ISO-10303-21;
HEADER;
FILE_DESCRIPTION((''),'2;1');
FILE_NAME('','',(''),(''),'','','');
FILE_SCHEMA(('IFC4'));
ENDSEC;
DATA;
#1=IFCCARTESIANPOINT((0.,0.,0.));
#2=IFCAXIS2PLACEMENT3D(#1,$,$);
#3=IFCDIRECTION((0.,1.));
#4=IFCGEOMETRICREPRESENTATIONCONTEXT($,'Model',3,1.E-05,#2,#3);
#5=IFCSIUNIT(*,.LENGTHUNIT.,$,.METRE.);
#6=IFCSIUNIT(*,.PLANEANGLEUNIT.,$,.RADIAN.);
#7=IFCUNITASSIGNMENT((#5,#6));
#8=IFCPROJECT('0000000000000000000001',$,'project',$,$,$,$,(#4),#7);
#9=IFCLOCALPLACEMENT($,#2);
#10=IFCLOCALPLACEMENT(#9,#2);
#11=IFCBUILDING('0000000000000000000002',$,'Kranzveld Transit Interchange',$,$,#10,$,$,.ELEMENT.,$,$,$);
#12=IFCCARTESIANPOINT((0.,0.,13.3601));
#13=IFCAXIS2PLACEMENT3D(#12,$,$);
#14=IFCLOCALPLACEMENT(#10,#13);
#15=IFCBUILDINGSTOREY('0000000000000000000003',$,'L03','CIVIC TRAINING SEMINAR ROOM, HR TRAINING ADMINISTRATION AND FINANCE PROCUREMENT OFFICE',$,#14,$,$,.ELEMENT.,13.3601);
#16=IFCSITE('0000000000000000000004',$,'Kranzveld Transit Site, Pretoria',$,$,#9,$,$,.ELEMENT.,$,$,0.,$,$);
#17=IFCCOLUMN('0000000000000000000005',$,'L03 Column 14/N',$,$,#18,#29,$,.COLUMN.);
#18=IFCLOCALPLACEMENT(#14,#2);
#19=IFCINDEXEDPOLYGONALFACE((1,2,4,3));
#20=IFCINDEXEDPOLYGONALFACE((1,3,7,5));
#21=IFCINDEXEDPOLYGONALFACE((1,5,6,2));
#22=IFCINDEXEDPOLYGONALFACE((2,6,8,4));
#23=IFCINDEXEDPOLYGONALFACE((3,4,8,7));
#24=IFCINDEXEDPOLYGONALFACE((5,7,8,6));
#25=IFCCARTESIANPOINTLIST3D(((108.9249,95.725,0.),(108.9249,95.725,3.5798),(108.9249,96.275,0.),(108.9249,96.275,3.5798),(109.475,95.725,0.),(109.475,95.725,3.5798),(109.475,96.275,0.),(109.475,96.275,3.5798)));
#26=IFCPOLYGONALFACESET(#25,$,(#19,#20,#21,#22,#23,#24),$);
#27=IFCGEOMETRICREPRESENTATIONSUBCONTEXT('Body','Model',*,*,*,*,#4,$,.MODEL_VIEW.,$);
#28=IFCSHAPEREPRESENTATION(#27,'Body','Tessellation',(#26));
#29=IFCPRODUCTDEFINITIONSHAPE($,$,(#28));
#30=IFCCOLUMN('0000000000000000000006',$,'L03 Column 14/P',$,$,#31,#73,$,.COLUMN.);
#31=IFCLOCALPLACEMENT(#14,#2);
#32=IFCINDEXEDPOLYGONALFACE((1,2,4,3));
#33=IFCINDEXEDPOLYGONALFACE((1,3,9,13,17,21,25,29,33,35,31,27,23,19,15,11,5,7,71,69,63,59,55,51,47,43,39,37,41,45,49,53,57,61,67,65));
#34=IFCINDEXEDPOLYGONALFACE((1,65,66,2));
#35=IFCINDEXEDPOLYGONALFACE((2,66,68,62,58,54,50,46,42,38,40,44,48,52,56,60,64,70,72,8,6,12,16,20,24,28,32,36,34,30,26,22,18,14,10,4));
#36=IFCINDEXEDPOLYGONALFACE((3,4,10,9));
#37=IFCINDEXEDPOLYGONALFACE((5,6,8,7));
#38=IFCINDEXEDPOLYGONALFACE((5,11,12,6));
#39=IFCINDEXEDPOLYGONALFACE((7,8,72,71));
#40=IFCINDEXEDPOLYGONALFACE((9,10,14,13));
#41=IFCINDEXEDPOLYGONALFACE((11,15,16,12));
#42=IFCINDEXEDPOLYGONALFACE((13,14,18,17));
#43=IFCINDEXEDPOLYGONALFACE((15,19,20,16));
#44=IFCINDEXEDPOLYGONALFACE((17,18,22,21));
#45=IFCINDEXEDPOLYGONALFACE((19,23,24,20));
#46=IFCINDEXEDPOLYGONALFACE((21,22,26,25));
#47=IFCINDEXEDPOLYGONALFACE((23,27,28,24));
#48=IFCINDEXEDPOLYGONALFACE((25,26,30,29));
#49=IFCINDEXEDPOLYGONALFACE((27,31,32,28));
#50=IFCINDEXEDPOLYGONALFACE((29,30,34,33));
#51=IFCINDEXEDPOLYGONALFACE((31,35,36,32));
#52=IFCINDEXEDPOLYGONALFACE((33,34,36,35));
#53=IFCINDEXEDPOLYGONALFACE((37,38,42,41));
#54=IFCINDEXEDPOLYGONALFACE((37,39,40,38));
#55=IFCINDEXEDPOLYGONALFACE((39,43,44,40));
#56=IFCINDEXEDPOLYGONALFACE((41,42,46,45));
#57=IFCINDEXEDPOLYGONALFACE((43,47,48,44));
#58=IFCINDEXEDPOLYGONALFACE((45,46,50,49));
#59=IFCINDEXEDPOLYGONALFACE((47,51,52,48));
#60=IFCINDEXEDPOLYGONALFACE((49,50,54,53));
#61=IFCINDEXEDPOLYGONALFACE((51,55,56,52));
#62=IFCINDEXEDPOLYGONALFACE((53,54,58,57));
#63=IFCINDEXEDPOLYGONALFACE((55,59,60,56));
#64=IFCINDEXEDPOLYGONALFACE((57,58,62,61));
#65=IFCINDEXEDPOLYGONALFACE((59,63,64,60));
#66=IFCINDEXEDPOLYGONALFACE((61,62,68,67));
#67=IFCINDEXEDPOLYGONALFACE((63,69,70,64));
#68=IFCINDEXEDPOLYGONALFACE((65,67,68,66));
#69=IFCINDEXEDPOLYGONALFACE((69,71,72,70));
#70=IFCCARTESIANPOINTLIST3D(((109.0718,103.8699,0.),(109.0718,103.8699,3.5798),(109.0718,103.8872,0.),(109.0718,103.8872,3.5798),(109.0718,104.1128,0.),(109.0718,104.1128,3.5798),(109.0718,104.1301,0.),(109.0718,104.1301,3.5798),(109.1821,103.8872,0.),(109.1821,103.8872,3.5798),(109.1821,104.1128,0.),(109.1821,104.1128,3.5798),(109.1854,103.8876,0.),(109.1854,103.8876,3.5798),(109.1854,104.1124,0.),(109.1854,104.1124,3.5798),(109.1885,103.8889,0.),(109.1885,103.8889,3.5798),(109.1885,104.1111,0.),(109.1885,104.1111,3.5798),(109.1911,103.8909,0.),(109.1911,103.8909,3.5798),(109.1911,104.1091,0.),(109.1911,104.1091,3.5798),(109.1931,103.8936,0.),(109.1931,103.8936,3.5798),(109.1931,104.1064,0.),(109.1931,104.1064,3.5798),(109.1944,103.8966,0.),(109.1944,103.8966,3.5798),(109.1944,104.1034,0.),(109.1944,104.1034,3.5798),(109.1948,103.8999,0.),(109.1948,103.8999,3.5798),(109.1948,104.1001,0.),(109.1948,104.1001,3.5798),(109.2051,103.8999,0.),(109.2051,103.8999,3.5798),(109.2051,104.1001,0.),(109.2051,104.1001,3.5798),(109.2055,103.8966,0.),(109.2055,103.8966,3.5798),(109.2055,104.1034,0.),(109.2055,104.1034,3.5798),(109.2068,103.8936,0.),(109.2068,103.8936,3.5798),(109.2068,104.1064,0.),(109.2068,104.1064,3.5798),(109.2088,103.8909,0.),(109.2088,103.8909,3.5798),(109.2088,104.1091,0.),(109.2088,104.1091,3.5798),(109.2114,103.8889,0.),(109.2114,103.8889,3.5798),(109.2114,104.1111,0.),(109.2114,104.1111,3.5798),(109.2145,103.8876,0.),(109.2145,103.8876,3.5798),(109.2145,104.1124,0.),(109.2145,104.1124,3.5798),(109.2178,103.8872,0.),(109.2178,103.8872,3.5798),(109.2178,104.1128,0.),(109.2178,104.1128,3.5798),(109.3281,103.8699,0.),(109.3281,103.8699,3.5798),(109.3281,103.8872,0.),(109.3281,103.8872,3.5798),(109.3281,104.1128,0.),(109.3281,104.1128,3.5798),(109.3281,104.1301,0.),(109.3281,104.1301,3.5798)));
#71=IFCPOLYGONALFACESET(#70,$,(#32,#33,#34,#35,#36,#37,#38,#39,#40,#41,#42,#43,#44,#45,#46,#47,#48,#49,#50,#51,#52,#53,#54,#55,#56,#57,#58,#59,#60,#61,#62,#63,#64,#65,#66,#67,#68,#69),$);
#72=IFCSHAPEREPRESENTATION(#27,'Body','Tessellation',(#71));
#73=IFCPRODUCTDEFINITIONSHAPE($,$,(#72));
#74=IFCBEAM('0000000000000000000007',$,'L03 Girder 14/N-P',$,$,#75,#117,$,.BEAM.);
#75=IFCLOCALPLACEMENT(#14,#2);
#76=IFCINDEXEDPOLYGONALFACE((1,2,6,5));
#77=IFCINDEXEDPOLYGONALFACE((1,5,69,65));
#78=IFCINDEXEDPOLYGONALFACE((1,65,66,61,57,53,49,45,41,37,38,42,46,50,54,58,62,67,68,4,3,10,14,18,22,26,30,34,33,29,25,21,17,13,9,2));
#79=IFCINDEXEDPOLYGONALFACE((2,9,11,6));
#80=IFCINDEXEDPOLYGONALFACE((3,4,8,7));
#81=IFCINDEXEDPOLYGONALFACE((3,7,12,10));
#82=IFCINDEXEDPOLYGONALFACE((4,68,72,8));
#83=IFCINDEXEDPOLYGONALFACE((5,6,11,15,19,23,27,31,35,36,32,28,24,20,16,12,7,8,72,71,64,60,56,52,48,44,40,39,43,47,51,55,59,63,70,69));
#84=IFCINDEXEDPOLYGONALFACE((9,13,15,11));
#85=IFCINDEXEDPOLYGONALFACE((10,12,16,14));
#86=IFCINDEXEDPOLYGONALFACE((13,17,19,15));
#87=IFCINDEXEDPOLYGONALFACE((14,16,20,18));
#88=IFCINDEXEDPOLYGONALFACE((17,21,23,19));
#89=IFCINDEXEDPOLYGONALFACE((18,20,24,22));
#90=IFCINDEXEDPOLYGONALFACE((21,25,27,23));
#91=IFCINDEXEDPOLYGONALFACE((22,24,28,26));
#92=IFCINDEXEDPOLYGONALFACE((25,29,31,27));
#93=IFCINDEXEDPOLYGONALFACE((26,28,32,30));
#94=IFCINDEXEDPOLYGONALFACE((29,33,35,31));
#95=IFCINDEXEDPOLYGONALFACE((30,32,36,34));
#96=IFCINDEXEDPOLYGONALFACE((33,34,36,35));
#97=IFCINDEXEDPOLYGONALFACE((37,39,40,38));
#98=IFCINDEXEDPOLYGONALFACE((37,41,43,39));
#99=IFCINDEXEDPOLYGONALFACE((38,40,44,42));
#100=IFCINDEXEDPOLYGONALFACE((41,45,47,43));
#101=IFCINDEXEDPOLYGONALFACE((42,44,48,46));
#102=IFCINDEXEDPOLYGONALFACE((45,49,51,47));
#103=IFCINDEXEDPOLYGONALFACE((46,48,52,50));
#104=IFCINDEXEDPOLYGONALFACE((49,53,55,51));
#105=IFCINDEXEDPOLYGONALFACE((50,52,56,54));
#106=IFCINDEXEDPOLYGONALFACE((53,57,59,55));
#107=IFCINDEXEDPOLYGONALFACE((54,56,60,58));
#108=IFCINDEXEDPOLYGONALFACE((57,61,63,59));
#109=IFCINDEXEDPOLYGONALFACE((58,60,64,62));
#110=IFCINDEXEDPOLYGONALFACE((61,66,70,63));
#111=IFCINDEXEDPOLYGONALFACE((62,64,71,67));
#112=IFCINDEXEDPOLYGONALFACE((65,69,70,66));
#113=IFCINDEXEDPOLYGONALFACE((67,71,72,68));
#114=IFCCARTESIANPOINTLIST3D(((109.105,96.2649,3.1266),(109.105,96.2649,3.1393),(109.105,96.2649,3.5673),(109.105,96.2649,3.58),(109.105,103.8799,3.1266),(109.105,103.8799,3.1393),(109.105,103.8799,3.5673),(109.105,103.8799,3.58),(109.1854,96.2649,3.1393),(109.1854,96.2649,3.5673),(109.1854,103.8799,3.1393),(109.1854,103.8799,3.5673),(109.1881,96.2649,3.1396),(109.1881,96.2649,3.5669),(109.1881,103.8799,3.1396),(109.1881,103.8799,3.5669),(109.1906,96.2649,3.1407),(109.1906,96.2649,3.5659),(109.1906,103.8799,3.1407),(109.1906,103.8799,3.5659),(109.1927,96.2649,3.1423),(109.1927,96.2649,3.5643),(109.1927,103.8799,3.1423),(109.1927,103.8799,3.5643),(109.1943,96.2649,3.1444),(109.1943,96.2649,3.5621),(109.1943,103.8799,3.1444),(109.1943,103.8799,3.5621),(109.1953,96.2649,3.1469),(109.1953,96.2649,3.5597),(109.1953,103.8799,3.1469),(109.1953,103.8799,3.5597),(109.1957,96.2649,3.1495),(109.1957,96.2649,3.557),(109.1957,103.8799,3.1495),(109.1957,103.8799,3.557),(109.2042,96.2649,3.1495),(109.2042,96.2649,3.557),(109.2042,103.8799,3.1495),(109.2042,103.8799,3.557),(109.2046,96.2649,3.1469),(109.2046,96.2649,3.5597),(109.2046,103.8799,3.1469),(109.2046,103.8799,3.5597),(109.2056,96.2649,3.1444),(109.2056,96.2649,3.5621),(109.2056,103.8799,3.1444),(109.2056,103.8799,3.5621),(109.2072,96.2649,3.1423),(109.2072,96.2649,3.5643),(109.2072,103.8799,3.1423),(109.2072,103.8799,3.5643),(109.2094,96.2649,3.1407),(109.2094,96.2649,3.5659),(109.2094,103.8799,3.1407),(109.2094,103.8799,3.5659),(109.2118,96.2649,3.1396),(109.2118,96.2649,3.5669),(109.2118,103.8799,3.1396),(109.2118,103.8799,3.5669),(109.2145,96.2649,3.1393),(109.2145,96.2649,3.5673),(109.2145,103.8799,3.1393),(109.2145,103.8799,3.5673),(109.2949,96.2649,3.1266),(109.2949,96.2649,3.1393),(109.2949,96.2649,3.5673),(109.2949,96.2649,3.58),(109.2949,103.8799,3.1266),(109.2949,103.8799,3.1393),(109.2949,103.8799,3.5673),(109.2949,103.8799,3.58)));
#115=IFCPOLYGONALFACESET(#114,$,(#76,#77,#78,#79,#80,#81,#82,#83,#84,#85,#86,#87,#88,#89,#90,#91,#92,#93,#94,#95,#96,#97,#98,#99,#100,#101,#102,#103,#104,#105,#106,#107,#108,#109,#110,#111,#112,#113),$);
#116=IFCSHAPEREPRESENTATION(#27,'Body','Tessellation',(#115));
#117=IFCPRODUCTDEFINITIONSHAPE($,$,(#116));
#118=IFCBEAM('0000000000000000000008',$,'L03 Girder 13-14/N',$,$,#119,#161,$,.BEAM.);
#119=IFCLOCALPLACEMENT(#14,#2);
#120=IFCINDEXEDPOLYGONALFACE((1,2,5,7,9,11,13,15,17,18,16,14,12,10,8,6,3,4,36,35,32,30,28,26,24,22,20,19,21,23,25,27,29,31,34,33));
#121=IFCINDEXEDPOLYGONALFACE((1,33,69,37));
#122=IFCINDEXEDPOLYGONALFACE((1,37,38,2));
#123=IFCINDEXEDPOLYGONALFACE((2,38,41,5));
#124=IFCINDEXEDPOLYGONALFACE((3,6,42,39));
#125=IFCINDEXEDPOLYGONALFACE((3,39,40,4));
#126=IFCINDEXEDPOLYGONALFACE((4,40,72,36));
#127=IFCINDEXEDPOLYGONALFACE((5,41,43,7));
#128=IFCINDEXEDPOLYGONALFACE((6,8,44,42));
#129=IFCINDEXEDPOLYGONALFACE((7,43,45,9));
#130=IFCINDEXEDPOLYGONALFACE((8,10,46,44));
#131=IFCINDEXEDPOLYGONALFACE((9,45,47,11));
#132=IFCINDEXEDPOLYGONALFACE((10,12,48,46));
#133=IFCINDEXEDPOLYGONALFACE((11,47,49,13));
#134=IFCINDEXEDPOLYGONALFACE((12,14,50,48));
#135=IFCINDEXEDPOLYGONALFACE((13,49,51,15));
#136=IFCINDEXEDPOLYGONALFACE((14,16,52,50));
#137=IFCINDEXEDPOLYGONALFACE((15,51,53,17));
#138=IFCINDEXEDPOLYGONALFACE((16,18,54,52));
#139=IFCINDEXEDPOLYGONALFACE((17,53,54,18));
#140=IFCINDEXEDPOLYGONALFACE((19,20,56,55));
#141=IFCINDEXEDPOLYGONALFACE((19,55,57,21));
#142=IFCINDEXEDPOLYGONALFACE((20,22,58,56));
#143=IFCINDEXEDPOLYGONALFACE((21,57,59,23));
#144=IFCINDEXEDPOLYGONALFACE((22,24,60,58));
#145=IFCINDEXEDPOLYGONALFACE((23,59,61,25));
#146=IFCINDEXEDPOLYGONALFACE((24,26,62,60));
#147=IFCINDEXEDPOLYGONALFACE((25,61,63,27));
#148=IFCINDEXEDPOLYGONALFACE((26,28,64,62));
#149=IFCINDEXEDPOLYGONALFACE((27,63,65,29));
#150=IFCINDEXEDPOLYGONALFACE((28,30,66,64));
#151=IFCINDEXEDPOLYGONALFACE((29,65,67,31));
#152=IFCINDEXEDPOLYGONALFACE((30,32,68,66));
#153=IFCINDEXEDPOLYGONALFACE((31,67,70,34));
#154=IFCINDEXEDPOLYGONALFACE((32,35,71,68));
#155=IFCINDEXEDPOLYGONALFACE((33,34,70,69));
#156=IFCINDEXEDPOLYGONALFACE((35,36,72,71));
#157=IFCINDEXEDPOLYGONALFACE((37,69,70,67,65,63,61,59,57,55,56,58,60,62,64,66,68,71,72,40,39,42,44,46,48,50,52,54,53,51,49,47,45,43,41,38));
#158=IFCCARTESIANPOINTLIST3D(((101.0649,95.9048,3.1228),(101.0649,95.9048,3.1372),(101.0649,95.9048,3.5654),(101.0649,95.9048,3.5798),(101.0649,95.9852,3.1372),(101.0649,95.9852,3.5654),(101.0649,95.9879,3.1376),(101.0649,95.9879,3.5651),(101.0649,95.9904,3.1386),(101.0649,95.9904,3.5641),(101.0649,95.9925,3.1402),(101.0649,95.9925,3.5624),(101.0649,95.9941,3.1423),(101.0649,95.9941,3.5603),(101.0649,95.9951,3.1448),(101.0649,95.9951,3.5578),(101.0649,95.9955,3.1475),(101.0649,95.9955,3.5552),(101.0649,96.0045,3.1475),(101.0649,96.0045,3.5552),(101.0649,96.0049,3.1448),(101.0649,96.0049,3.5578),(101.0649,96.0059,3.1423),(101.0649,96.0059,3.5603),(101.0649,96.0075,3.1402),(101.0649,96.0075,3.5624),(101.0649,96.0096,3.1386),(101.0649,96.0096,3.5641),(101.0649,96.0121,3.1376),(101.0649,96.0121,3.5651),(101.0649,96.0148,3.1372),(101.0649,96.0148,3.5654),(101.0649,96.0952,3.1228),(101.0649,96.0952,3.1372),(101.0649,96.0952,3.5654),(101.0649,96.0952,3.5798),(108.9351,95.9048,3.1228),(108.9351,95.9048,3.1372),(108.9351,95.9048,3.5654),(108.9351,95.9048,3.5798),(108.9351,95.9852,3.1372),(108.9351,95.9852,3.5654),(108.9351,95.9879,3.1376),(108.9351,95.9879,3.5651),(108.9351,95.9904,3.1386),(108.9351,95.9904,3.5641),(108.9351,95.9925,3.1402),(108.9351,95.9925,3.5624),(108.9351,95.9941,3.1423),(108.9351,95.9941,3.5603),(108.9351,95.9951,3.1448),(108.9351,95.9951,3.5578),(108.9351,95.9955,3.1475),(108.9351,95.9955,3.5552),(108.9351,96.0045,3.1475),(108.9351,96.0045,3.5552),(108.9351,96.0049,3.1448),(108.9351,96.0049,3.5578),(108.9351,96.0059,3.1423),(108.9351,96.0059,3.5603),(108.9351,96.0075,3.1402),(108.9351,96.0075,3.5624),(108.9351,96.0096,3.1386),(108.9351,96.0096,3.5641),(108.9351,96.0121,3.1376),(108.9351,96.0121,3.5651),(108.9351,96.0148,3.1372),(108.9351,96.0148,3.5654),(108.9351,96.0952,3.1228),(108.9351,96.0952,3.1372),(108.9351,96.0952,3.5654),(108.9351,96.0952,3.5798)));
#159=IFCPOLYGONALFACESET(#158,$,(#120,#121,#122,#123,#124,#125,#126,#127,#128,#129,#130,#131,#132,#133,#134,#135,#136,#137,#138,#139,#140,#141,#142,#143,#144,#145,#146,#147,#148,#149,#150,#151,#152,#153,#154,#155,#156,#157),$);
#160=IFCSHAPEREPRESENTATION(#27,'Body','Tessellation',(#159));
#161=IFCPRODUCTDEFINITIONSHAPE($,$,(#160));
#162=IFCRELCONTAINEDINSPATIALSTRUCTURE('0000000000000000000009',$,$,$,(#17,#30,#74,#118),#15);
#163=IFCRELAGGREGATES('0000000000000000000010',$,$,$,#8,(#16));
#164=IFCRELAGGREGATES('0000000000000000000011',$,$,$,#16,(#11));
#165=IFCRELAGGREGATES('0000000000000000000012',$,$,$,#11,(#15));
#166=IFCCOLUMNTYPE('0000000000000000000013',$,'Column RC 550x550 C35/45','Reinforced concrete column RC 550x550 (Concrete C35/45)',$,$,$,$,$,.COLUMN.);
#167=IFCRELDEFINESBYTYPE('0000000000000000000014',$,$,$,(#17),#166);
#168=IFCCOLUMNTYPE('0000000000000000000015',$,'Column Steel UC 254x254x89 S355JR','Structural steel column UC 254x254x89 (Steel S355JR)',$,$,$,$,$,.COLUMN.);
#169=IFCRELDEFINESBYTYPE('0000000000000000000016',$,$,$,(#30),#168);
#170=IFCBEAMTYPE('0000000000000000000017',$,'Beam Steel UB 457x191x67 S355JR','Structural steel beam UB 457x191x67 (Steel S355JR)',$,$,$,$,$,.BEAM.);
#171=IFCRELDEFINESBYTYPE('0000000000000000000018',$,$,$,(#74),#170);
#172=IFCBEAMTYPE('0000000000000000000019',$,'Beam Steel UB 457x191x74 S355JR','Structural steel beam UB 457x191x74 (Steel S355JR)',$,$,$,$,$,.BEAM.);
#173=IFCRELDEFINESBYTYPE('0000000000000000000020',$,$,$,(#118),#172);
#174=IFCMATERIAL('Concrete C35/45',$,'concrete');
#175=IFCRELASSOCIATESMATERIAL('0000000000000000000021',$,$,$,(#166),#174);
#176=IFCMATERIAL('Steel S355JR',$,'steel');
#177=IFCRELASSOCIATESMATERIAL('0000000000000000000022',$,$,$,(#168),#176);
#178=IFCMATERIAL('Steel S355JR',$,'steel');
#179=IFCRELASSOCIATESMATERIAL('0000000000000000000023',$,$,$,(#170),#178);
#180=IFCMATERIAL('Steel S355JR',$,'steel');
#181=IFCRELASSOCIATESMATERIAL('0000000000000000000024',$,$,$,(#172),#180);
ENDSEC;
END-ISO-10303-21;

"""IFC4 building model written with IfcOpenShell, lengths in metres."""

from ifc_helpers import new_model, si_unit, direction, frame, origin, origin_2d, place, context, subcontext, project, spatial, rectangle, i_section, extrude, material, material_profile, profile_set, type_object, element, save


model = new_model("IFC4")

# Units and contexts
model_context = context("Model", 3, precision=1e-05, world=origin(), true_north=direction((0.0, 1.0)))
body_context = subcontext(model_context, "Body", "Model", "MODEL_VIEW")
ifc_project = project(units=[si_unit("LENGTHUNIT", "METRE"), si_unit("PLANEANGLEUNIT", "RADIAN")], contexts=[model_context])

# Site, building, storey
site_placement = place(None, origin())
site = spatial("IfcSite", under=ifc_project, at=site_placement, Name="Kranzveld Transit Site, Pretoria", CompositionType="ELEMENT", RefElevation=0.0)
building_placement = place(site_placement, origin())
building = spatial("IfcBuilding", under=site, at=building_placement, Name="Kranzveld Transit Interchange", CompositionType="ELEMENT")
storey_placement = place(building_placement, frame((0.0, 0.0, 13.3601)))
storey = spatial("IfcBuildingStorey", under=building, at=storey_placement, Name="L03", Description="CIVIC TRAINING SEMINAR ROOM, HR TRAINING ADMINISTRATION AND FINANCE PROCUREMENT OFFICE", CompositionType="ELEMENT", Elevation=13.3601)

# Columns
ifc_material_1 = material(Name="Concrete C35/45", Category="concrete")
ifc_material_profile_1 = material_profile(ifc_material_1, rectangle(XDim=0.55, YDim=0.55, at=origin_2d()), Name="RC 550x550")
ifc_profile_set_1 = profile_set([ifc_material_profile_1], Name="Concrete C35/45")
column_type_1 = type_object("IfcColumnType", Name="Column RC 550x550 C35/45", Description="Reinforced concrete column RC 550x550 (Concrete C35/45)", PredefinedType="COLUMN", material=ifc_profile_set_1)
column_1_placement = place(storey_placement, frame((109.2, 96.0, 0.0), z_axis=(0.0, 0.0, 1.0), x_axis=(1.0, 0.0, 0.0)))
element("IfcColumn", 1, at=column_1_placement, inside=storey, type_object=column_type_1, Name="L03 Column 14/N", PredefinedType="COLUMN", context=body_context, shape_type="SweptSolid", body=[
    extrude(rectangle(XDim=0.55, YDim=0.55, at=origin_2d()), origin(), (0.0, 0.0, 1.0), 3.5798),
])
ifc_material_2 = material(Name="Steel S355JR", Category="steel")
ifc_material_profile_2 = material_profile(ifc_material_2, i_section(OverallWidth=0.2563, OverallDepth=0.2603, WebThickness=0.0103, FlangeThickness=0.0173, FilletRadius=0.0127, at=origin_2d()), Name="UC 254x254x89")
ifc_profile_set_2 = profile_set([ifc_material_profile_2], Name="Steel S355JR")
column_type_2 = type_object("IfcColumnType", Name="Column Steel UC 254x254x89 S355JR", Description="Structural steel column UC 254x254x89 (Steel S355JR)", PredefinedType="COLUMN", material=ifc_profile_set_2)
column_2_placement = place(storey_placement, frame((109.2, 104.0, 0.0), z_axis=(0.0, 0.0, 1.0), x_axis=(1.0, 0.0, 0.0)))
element("IfcColumn", 2, at=column_2_placement, inside=storey, type_object=column_type_2, Name="L03 Column 14/P", PredefinedType="COLUMN", context=body_context, shape_type="SweptSolid", body=[
    extrude(i_section(OverallWidth=0.2563, OverallDepth=0.2603, WebThickness=0.0103, FlangeThickness=0.0173, FilletRadius=0.0127, at=origin_2d()), origin(), (0.0, 0.0, 1.0), 3.5798),
])

# Beams
ifc_material_3 = material(Name="Steel S355JR", Category="steel")
ifc_material_profile_3 = material_profile(ifc_material_3, i_section(OverallWidth=0.1899, OverallDepth=0.4534, WebThickness=0.0085, FlangeThickness=0.0127, FilletRadius=0.0103, at=origin_2d()), Name="UB 457x191x67")
ifc_profile_set_3 = profile_set([ifc_material_profile_3], Name="Steel S355JR")
beam_type_1 = type_object("IfcBeamType", Name="Beam Steel UB 457x191x67 S355JR", Description="Structural steel beam UB 457x191x67 (Steel S355JR)", PredefinedType="BEAM", material=ifc_profile_set_3)
beam_1_placement = place(storey_placement, frame((109.2, 96.2649, 3.3533), z_axis=(0.0, 1.0, 0.0), x_axis=(-1.0, 0.0, 0.0)))
element("IfcBeam", 3, at=beam_1_placement, inside=storey, type_object=beam_type_1, Name="L03 Girder 14/N-P", PredefinedType="BEAM", context=body_context, shape_type="SweptSolid", body=[
    extrude(i_section(OverallWidth=0.1899, OverallDepth=0.4534, WebThickness=0.0085, FlangeThickness=0.0127, FilletRadius=0.0103, at=origin_2d()), origin(), (0.0, 0.0, 1.0), 7.615),
])
ifc_material_4 = material(Name="Steel S355JR", Category="steel")
ifc_material_profile_4 = material_profile(ifc_material_4, i_section(OverallWidth=0.1904, OverallDepth=0.457, WebThickness=0.009, FlangeThickness=0.0144, FilletRadius=0.0103, at=origin_2d()), Name="UB 457x191x74")
ifc_profile_set_4 = profile_set([ifc_material_profile_4], Name="Steel S355JR")
beam_type_2 = type_object("IfcBeamType", Name="Beam Steel UB 457x191x74 S355JR", Description="Structural steel beam UB 457x191x74 (Steel S355JR)", PredefinedType="BEAM", material=ifc_profile_set_4)
beam_2_placement = place(storey_placement, frame((101.0649, 96.0, 3.3513), z_axis=(1.0, 0.0, 0.0), x_axis=(0.0, 1.0, 0.0)))
element("IfcBeam", 4, at=beam_2_placement, inside=storey, type_object=beam_type_2, Name="L03 Girder 13-14/N", PredefinedType="BEAM", context=body_context, shape_type="SweptSolid", body=[
    extrude(i_section(OverallWidth=0.1904, OverallDepth=0.457, WebThickness=0.009, FlangeThickness=0.0144, FilletRadius=0.0103, at=origin_2d()), origin(), (0.0, 0.0, 1.0), 7.8701),
])

save(model, "model.ifc")
